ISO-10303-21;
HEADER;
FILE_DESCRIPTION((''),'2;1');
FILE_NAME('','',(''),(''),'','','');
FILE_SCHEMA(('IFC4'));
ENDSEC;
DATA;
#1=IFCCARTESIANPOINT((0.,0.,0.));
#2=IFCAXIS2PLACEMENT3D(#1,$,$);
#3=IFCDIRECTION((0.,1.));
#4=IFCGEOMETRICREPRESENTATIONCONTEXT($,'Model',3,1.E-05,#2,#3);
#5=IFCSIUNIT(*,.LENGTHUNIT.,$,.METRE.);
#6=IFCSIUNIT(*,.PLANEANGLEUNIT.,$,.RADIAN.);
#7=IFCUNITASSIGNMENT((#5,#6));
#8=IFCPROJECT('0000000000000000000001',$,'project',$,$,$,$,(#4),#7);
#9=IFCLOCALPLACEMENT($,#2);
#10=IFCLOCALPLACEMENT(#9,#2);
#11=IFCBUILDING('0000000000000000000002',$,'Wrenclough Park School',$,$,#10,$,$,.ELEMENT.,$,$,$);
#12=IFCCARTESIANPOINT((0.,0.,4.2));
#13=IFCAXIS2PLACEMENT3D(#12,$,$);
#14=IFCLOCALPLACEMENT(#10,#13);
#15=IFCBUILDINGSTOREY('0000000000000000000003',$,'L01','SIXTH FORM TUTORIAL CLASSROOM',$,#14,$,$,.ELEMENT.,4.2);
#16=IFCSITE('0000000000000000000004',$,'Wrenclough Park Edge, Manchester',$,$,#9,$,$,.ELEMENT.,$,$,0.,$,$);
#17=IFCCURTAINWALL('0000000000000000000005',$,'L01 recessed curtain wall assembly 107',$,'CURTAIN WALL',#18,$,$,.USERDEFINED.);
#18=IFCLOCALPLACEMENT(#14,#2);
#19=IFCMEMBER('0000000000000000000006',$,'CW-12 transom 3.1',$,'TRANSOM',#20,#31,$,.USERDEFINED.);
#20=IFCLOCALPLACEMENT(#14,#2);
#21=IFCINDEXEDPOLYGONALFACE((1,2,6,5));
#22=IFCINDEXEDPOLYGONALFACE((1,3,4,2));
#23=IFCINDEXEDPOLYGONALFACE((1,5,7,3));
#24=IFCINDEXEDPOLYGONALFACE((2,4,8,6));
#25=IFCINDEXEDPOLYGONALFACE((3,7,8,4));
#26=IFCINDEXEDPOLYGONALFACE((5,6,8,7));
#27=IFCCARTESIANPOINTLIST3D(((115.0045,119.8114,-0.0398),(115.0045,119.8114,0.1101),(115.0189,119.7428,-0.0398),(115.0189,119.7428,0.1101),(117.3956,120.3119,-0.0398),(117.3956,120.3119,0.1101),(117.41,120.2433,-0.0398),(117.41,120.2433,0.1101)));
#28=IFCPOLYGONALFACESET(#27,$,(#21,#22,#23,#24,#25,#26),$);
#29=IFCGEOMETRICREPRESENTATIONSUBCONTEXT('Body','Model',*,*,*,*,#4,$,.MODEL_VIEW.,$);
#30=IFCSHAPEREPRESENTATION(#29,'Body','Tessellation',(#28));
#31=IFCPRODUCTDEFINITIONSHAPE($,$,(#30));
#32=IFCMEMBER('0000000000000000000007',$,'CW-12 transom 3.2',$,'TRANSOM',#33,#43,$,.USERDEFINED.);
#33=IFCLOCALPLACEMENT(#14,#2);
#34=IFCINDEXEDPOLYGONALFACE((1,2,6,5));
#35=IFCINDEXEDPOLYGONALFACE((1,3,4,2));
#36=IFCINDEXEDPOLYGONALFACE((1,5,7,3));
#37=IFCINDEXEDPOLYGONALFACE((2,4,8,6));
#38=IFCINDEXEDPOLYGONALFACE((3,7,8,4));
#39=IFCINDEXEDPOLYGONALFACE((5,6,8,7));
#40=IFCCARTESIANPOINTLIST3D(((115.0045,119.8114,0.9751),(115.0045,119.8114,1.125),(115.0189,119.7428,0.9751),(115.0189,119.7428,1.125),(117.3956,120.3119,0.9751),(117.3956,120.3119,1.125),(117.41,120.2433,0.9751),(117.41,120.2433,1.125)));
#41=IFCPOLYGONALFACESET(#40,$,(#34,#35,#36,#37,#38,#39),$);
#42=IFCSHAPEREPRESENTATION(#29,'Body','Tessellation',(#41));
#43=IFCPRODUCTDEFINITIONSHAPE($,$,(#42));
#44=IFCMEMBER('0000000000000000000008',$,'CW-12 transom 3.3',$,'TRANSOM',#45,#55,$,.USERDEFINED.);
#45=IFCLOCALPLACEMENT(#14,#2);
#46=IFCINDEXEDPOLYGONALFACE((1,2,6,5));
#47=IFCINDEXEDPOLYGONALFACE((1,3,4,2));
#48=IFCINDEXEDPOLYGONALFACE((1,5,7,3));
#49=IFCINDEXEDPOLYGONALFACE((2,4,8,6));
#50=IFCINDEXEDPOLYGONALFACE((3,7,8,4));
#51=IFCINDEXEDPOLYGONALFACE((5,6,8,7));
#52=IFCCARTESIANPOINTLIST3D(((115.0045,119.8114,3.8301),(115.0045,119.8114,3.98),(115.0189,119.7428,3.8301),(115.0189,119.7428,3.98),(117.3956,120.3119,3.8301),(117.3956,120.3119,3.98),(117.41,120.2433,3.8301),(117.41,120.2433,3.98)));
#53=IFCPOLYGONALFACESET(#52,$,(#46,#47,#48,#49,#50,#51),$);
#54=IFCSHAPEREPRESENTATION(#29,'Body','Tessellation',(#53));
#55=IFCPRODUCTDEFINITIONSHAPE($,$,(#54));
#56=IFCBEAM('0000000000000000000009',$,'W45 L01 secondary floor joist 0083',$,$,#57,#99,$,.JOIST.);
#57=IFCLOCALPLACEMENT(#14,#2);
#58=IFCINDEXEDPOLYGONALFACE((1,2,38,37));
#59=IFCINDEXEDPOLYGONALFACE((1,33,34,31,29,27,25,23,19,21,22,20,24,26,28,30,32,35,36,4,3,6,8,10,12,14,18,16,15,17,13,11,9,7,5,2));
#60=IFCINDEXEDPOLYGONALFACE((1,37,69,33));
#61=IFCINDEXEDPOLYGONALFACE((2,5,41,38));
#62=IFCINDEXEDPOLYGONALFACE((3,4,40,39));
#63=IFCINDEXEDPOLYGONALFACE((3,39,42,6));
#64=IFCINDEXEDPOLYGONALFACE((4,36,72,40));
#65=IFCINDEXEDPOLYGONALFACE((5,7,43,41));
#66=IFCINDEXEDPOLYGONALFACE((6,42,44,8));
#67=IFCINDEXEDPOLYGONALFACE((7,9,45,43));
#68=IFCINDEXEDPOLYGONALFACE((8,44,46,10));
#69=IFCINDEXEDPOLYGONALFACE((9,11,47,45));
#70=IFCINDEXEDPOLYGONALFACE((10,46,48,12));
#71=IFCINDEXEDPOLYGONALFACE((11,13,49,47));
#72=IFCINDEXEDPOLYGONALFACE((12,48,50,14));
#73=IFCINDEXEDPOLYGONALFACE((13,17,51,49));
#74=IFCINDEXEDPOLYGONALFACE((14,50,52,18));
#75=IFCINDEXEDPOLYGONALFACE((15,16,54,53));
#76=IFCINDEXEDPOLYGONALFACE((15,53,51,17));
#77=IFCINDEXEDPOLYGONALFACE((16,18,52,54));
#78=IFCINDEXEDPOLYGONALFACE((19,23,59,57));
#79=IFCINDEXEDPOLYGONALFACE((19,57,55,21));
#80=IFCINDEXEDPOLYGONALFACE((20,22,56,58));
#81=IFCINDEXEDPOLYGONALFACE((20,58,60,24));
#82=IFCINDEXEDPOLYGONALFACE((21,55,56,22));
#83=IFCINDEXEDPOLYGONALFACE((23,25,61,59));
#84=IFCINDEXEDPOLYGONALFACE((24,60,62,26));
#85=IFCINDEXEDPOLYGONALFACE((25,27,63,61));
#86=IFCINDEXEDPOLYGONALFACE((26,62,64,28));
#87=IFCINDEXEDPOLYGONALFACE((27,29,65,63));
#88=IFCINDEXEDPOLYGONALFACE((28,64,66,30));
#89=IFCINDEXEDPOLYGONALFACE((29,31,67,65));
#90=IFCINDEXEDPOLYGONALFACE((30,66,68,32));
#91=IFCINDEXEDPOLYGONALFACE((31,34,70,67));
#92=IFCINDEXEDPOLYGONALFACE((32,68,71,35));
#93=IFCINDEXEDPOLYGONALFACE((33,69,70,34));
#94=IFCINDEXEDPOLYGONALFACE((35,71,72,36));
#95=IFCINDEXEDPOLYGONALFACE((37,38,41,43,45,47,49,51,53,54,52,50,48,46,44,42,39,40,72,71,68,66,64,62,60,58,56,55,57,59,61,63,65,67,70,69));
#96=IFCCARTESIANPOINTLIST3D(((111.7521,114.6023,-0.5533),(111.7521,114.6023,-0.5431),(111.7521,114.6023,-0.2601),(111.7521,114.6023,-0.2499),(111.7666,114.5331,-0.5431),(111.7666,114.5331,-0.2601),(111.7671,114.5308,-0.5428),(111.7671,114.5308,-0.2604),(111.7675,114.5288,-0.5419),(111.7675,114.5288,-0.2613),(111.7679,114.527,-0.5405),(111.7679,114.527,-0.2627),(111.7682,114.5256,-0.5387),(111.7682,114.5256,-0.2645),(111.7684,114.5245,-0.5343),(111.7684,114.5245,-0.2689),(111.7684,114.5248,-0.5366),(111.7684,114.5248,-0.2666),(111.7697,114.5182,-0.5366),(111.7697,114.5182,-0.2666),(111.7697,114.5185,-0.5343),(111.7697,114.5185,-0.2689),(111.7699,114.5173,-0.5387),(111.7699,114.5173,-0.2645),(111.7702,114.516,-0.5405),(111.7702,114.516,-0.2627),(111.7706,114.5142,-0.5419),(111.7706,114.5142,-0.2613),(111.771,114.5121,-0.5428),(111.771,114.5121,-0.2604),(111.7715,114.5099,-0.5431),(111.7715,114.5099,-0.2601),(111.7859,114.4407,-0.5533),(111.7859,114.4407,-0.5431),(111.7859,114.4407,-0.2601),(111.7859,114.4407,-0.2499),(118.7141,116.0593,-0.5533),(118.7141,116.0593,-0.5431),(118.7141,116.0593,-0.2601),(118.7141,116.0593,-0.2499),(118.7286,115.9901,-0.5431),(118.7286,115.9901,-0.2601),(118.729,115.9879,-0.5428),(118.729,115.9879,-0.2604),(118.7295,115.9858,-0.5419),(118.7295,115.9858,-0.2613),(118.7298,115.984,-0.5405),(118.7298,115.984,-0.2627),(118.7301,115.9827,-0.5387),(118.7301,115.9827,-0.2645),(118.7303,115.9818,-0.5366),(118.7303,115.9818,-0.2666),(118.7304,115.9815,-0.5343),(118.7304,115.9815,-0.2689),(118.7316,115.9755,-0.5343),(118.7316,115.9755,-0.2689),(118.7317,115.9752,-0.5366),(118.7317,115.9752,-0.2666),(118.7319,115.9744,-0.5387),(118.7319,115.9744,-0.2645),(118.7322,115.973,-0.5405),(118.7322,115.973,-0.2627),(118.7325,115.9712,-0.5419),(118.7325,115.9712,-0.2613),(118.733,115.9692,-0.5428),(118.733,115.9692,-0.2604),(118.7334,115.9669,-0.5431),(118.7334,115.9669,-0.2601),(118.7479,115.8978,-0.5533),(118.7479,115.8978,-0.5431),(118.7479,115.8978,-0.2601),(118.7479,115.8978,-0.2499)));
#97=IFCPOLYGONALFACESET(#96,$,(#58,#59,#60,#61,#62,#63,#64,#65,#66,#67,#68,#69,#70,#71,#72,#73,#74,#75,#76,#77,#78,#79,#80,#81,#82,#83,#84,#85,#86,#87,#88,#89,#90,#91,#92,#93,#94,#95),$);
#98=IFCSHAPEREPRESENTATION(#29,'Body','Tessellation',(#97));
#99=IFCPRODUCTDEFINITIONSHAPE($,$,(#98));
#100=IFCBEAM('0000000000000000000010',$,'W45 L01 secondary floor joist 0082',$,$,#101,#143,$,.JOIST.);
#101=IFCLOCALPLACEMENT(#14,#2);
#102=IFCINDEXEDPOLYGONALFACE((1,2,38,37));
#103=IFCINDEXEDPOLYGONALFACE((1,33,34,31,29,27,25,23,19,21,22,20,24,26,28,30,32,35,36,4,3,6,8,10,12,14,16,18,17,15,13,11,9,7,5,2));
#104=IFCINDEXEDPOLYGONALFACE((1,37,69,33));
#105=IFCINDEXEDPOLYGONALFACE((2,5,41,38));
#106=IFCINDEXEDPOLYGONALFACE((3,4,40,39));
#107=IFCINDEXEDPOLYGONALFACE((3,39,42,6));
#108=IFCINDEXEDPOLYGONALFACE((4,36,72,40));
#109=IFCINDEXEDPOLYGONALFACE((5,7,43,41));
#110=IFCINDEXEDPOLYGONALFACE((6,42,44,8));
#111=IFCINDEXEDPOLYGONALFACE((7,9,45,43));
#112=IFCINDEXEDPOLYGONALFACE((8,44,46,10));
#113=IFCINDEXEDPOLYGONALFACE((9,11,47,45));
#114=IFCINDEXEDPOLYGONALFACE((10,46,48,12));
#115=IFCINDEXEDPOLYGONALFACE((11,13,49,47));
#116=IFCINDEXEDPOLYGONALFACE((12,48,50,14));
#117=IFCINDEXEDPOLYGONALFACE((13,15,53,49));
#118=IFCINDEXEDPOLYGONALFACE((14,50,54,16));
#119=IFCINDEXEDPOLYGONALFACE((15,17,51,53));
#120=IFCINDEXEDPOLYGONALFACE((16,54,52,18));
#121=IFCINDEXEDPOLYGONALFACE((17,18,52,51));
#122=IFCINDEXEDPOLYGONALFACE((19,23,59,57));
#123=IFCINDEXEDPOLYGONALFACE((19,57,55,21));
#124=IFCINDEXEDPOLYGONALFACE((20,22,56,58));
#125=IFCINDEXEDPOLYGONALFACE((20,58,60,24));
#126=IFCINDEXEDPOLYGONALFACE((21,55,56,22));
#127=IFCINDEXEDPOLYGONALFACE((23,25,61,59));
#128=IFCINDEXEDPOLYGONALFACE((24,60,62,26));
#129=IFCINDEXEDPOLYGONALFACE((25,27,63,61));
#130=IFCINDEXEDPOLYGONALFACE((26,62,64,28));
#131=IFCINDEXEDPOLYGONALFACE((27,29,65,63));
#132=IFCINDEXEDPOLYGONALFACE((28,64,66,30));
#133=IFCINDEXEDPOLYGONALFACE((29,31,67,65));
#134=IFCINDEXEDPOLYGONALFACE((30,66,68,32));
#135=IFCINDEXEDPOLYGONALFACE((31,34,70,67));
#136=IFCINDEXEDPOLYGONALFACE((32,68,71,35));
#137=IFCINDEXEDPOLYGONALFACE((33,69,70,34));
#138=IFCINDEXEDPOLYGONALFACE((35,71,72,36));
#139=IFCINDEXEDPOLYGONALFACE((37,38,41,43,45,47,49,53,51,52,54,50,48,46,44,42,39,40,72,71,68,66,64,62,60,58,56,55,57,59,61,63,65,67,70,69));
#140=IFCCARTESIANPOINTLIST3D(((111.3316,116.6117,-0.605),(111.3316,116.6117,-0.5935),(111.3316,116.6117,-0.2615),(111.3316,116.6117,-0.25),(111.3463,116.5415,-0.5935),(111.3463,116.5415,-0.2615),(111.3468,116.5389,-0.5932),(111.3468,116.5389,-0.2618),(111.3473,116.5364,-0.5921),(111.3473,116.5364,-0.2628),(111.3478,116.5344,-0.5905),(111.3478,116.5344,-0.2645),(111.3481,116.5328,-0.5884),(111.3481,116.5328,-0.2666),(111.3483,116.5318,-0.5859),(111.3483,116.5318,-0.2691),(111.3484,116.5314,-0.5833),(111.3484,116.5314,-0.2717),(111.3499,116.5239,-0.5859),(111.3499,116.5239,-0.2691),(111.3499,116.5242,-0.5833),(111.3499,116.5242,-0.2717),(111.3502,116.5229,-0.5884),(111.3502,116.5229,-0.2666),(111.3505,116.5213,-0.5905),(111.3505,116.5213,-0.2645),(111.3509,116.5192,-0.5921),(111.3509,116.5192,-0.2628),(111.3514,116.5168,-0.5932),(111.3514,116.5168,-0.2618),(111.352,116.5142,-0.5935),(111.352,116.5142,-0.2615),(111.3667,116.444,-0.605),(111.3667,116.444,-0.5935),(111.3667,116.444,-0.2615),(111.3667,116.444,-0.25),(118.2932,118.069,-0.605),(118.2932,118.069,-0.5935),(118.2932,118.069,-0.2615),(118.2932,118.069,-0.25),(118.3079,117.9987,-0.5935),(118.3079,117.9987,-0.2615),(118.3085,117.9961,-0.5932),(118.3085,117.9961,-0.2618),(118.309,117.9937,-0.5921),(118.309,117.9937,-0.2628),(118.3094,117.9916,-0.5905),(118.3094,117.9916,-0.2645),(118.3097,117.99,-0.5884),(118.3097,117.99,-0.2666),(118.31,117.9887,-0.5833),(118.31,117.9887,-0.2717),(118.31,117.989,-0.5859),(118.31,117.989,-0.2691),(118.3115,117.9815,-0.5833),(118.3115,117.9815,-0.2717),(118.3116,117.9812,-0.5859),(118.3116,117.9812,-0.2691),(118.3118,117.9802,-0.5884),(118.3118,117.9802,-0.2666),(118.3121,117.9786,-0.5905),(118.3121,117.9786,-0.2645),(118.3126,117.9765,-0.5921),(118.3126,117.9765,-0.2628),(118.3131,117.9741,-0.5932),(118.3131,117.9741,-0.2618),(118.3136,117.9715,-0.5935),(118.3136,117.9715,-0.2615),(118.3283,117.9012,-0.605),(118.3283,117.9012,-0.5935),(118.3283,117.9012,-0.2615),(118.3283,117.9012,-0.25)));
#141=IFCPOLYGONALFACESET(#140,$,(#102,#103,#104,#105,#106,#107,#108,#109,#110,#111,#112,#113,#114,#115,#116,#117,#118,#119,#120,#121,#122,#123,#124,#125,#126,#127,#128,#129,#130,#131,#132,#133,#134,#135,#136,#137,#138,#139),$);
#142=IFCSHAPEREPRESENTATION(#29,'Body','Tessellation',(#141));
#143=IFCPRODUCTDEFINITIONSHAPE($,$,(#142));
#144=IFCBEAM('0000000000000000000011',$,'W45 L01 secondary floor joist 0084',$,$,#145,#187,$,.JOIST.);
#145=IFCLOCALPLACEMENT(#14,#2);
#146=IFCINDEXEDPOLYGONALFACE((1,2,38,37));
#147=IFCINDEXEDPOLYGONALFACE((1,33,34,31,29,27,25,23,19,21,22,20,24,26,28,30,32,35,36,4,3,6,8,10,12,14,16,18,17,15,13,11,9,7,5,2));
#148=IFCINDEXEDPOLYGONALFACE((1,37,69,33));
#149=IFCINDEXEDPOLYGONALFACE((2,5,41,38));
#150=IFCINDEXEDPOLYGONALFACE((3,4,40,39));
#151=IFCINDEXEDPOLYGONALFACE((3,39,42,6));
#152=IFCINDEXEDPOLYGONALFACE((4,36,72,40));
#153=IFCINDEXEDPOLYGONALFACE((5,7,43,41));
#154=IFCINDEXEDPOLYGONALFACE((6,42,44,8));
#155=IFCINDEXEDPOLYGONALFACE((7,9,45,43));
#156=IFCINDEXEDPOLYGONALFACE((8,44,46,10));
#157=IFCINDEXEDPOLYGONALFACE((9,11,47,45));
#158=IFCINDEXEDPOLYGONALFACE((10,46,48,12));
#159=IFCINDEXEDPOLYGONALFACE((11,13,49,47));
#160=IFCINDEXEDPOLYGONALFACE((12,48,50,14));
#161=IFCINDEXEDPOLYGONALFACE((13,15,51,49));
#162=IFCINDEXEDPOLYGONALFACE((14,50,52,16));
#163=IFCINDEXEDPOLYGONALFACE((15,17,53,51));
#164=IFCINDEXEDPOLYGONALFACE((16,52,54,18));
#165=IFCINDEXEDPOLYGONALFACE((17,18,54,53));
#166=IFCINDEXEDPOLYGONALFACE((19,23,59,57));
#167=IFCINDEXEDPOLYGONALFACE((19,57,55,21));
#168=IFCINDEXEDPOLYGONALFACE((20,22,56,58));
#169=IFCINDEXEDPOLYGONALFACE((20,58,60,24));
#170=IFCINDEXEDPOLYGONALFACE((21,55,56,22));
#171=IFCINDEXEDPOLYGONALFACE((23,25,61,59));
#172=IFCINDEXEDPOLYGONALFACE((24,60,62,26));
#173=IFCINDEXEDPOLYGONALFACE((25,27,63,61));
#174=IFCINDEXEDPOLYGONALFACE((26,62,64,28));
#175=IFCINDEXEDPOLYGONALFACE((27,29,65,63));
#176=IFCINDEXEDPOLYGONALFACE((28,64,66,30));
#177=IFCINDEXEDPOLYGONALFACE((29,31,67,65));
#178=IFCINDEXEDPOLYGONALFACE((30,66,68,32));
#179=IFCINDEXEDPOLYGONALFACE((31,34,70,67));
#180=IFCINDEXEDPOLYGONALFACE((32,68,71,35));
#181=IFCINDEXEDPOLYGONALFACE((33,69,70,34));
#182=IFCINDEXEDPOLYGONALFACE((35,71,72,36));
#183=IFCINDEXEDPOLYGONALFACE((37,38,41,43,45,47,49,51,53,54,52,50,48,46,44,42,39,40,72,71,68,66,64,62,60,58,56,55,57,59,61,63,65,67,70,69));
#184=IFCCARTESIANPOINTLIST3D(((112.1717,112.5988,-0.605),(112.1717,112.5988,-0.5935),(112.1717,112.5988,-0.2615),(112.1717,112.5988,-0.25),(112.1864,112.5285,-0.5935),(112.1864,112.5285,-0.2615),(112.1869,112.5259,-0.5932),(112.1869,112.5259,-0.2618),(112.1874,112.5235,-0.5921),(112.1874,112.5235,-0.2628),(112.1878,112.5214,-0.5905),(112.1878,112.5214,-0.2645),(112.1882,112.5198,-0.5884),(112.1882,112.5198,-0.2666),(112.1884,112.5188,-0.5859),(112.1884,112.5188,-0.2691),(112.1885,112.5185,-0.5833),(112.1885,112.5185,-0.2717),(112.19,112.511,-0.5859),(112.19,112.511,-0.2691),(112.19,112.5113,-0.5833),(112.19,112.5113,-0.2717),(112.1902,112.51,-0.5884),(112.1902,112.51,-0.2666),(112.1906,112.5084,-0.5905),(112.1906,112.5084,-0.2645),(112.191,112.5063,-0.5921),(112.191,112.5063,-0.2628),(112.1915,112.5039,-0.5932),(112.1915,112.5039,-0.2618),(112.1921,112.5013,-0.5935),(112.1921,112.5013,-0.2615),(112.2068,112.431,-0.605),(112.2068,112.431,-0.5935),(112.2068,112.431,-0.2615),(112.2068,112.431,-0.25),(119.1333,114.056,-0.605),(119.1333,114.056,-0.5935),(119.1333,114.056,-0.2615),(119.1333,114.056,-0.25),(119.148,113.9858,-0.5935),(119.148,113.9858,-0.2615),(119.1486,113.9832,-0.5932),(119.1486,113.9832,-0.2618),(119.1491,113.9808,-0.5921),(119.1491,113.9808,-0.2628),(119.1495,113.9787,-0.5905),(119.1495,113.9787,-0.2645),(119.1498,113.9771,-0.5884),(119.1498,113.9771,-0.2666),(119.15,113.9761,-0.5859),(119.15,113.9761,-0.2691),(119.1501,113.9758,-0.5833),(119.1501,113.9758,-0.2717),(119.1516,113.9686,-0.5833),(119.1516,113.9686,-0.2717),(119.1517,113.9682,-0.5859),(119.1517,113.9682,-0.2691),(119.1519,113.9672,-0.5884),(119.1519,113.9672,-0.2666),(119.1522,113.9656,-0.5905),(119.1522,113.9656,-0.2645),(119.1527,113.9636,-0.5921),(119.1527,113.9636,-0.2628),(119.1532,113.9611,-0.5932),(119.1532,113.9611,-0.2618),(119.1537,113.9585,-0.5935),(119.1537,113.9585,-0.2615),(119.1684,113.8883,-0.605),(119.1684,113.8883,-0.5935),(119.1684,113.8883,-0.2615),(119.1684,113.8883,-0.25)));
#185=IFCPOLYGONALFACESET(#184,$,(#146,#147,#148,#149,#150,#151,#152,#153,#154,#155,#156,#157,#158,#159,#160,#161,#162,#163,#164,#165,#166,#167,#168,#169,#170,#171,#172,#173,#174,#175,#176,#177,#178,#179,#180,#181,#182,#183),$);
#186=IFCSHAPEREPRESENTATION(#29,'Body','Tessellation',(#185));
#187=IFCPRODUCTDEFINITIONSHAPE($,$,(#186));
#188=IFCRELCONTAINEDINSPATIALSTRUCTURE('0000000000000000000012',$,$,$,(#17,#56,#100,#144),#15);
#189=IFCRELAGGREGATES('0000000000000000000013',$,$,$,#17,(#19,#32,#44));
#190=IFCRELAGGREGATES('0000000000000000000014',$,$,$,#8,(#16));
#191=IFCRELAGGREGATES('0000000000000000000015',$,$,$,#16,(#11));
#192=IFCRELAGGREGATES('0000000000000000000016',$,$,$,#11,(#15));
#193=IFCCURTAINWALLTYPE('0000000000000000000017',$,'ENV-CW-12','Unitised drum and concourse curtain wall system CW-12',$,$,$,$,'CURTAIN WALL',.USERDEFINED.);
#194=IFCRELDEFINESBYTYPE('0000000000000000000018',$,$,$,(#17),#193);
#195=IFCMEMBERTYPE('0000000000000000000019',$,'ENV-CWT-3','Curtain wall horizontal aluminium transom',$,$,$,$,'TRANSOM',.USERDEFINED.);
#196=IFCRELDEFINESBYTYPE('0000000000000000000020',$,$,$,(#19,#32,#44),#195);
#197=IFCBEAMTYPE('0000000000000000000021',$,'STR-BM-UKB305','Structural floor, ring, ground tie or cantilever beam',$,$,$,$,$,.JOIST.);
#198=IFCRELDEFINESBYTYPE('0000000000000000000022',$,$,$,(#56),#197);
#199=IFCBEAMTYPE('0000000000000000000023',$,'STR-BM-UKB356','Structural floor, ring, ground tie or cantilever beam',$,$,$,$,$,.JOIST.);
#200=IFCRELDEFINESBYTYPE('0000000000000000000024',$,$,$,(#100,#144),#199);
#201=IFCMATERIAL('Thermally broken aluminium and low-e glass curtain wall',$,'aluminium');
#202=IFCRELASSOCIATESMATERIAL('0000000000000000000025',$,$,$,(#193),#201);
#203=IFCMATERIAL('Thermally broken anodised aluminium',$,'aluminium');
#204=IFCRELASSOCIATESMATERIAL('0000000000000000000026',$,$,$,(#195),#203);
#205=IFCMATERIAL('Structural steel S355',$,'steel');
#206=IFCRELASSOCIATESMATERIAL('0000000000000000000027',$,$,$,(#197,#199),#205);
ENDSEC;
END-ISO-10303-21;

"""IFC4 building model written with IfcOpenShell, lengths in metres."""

from ifc_helpers import new_model, si_unit, direction, frame, origin, origin_2d, place, context, subcontext, project, spatial, rectangle, i_section, extrude, material, material_profile, profile_set, type_object, element, aggregate, save


model = new_model("IFC4")

# Units and contexts
model_context = context("Model", 3, precision=1e-05, world=origin(), true_north=direction((0.0, 1.0)))
body_context = subcontext(model_context, "Body", "Model", "MODEL_VIEW")
ifc_project = project(units=[si_unit("LENGTHUNIT", "METRE"), si_unit("PLANEANGLEUNIT", "RADIAN")], contexts=[model_context])

# Site, building, storey
site_placement = place(None, origin())
site = spatial("IfcSite", under=ifc_project, at=site_placement, Name="Wrenclough Park Edge, Manchester", CompositionType="ELEMENT", RefElevation=0.0)
building_placement = place(site_placement, origin())
building = spatial("IfcBuilding", under=site, at=building_placement, Name="Wrenclough Park School", CompositionType="ELEMENT")
storey_placement = place(building_placement, frame((0.0, 0.0, 4.2)))
storey = spatial("IfcBuildingStorey", under=building, at=storey_placement, Name="L01", Description="SIXTH FORM TUTORIAL CLASSROOM", CompositionType="ELEMENT", Elevation=4.2)

# Shared definitions
ifc_material_1 = material(Name="Structural steel S355", Category="steel")

# Shared definitions
ifc_material_2 = material(Name="Thermally broken aluminium and low-e glass curtain wall", Category="aluminium")
ifc_material_3 = material(Name="Thermally broken anodised aluminium", Category="aluminium")

# Curtain wall
curtain_wall_type_1 = type_object("IfcCurtainWallType", Name="ENV-CW-12", Description="Unitised drum and concourse curtain wall system CW-12", ElementType="CURTAIN WALL", PredefinedType="USERDEFINED", material=ifc_material_2)
curtain_wall_1_placement = place(storey_placement, origin())
curtain_wall_1 = element("IfcCurtainWall", 1, at=curtain_wall_1_placement, inside=storey, type_object=curtain_wall_type_1, Name="L01 recessed curtain wall assembly 107", ObjectType="CURTAIN WALL", PredefinedType="USERDEFINED")

# Members
ifc_material_profile_1 = material_profile(ifc_material_3, rectangle(XDim=0.0701, YDim=0.1499, at=origin_2d()), Name="AL TRANSOM 70x150")
ifc_profile_set_1 = profile_set([ifc_material_profile_1], Name="Thermally broken anodised aluminium")
member_type_1 = type_object("IfcMemberType", Name="ENV-CWT-3", Description="Curtain wall horizontal aluminium transom", ElementType="TRANSOM", PredefinedType="USERDEFINED", material=ifc_profile_set_1)
member_1_placement = place(storey_placement, frame((115.0117, 119.7771, 0.0352), z_axis=(0.978789, 0.204872, 0.0), x_axis=(-0.204872, 0.978789, 0.0)))
member_1 = element("IfcMember", 2, at=member_1_placement, type_object=member_type_1, Name="CW-12 transom 3.1", ObjectType="TRANSOM", PredefinedType="USERDEFINED", context=body_context, shape_type="SweptSolid", body=[
    extrude(rectangle(XDim=0.0701, YDim=0.1499, at=origin_2d()), origin(), (0.0, 0.0, 1.0), 2.4429),
])
member_2_placement = place(storey_placement, frame((115.0117, 119.7771, 1.05), z_axis=(0.978789, 0.204872, 0.0), x_axis=(-0.204872, 0.978789, 0.0)))
member_2 = element("IfcMember", 3, at=member_2_placement, type_object=member_type_1, Name="CW-12 transom 3.2", ObjectType="TRANSOM", PredefinedType="USERDEFINED", context=body_context, shape_type="SweptSolid", body=[
    extrude(rectangle(XDim=0.0701, YDim=0.1499, at=origin_2d()), origin(), (0.0, 0.0, 1.0), 2.4429),
])
member_3_placement = place(storey_placement, frame((115.0117, 119.7771, 3.905), z_axis=(0.978789, 0.204872, 0.0), x_axis=(-0.204872, 0.978789, 0.0)))
member_3 = element("IfcMember", 4, at=member_3_placement, type_object=member_type_1, Name="CW-12 transom 3.3", ObjectType="TRANSOM", PredefinedType="USERDEFINED", context=body_context, shape_type="SweptSolid", body=[
    extrude(rectangle(XDim=0.0701, YDim=0.1499, at=origin_2d()), origin(), (0.0, 0.0, 1.0), 2.4429),
])

# Beams
ifc_material_profile_2 = material_profile(ifc_material_1, i_section(OverallWidth=0.165, OverallDepth=0.3035, WebThickness=0.0061, FlangeThickness=0.0103, FilletRadius=0.0088, at=origin_2d()), Name="UKB 305x165x40")
ifc_profile_set_2 = profile_set([ifc_material_profile_2], Name="Structural steel S355")
beam_type_1 = type_object("IfcBeamType", Name="STR-BM-UKB305", Description="Structural floor, ring, ground tie or cantilever beam", PredefinedType="JOIST", material=ifc_profile_set_2)
beam_1_placement = place(storey_placement, frame((111.769, 114.5215, -0.4016), z_axis=(0.978794, 0.204848, 0.0), x_axis=(-0.204848, 0.978794, 0.0)))
element("IfcBeam", 5, at=beam_1_placement, inside=storey, type_object=beam_type_1, Name="W45 L01 secondary floor joist 0083", PredefinedType="JOIST", context=body_context, shape_type="SweptSolid", body=[
    extrude(i_section(OverallWidth=0.165, OverallDepth=0.3035, WebThickness=0.0061, FlangeThickness=0.0103, FilletRadius=0.0088, at=origin_2d()), origin(), (0.0, 0.0, 1.0), 7.1128),
])
ifc_material_profile_3 = material_profile(ifc_material_1, i_section(OverallWidth=0.1714, OverallDepth=0.355, WebThickness=0.0073, FlangeThickness=0.0115, FilletRadius=0.0103, at=origin_2d()), Name="UKB 356x171x51")
ifc_profile_set_3 = profile_set([ifc_material_profile_3], Name="Structural steel S355")
beam_type_2 = type_object("IfcBeamType", Name="STR-BM-UKB356", Description="Structural floor, ring, ground tie or cantilever beam", PredefinedType="JOIST", material=ifc_profile_set_3)
for number, where, z_axis, x_axis, name in (
    (6, (111.3491, 116.5278, -0.4275), (0.978786, 0.204888, 0.0), (-0.204888, 0.978786, 0.0), "W45 L01 secondary floor joist 0082"),
    (7, (112.1892, 112.5149, -0.4275), (0.978786, 0.204888, 0.0), (-0.204888, 0.978786, 0.0), "W45 L01 secondary floor joist 0084"),
):
    element("IfcBeam", number, at=place(storey_placement, frame(where, z_axis=z_axis, x_axis=x_axis)), inside=storey, type_object=beam_type_2, Name=name, PredefinedType="JOIST", context=body_context, shape_type="SweptSolid", body=[
        extrude(i_section(OverallWidth=0.1714, OverallDepth=0.355, WebThickness=0.0073, FlangeThickness=0.0115, FilletRadius=0.0103, at=origin_2d()), origin(), (0.0, 0.0, 1.0), 7.1125),
    ])

aggregate(curtain_wall_1, [member_1, member_2, member_3])

save(model, "model.ifc")
